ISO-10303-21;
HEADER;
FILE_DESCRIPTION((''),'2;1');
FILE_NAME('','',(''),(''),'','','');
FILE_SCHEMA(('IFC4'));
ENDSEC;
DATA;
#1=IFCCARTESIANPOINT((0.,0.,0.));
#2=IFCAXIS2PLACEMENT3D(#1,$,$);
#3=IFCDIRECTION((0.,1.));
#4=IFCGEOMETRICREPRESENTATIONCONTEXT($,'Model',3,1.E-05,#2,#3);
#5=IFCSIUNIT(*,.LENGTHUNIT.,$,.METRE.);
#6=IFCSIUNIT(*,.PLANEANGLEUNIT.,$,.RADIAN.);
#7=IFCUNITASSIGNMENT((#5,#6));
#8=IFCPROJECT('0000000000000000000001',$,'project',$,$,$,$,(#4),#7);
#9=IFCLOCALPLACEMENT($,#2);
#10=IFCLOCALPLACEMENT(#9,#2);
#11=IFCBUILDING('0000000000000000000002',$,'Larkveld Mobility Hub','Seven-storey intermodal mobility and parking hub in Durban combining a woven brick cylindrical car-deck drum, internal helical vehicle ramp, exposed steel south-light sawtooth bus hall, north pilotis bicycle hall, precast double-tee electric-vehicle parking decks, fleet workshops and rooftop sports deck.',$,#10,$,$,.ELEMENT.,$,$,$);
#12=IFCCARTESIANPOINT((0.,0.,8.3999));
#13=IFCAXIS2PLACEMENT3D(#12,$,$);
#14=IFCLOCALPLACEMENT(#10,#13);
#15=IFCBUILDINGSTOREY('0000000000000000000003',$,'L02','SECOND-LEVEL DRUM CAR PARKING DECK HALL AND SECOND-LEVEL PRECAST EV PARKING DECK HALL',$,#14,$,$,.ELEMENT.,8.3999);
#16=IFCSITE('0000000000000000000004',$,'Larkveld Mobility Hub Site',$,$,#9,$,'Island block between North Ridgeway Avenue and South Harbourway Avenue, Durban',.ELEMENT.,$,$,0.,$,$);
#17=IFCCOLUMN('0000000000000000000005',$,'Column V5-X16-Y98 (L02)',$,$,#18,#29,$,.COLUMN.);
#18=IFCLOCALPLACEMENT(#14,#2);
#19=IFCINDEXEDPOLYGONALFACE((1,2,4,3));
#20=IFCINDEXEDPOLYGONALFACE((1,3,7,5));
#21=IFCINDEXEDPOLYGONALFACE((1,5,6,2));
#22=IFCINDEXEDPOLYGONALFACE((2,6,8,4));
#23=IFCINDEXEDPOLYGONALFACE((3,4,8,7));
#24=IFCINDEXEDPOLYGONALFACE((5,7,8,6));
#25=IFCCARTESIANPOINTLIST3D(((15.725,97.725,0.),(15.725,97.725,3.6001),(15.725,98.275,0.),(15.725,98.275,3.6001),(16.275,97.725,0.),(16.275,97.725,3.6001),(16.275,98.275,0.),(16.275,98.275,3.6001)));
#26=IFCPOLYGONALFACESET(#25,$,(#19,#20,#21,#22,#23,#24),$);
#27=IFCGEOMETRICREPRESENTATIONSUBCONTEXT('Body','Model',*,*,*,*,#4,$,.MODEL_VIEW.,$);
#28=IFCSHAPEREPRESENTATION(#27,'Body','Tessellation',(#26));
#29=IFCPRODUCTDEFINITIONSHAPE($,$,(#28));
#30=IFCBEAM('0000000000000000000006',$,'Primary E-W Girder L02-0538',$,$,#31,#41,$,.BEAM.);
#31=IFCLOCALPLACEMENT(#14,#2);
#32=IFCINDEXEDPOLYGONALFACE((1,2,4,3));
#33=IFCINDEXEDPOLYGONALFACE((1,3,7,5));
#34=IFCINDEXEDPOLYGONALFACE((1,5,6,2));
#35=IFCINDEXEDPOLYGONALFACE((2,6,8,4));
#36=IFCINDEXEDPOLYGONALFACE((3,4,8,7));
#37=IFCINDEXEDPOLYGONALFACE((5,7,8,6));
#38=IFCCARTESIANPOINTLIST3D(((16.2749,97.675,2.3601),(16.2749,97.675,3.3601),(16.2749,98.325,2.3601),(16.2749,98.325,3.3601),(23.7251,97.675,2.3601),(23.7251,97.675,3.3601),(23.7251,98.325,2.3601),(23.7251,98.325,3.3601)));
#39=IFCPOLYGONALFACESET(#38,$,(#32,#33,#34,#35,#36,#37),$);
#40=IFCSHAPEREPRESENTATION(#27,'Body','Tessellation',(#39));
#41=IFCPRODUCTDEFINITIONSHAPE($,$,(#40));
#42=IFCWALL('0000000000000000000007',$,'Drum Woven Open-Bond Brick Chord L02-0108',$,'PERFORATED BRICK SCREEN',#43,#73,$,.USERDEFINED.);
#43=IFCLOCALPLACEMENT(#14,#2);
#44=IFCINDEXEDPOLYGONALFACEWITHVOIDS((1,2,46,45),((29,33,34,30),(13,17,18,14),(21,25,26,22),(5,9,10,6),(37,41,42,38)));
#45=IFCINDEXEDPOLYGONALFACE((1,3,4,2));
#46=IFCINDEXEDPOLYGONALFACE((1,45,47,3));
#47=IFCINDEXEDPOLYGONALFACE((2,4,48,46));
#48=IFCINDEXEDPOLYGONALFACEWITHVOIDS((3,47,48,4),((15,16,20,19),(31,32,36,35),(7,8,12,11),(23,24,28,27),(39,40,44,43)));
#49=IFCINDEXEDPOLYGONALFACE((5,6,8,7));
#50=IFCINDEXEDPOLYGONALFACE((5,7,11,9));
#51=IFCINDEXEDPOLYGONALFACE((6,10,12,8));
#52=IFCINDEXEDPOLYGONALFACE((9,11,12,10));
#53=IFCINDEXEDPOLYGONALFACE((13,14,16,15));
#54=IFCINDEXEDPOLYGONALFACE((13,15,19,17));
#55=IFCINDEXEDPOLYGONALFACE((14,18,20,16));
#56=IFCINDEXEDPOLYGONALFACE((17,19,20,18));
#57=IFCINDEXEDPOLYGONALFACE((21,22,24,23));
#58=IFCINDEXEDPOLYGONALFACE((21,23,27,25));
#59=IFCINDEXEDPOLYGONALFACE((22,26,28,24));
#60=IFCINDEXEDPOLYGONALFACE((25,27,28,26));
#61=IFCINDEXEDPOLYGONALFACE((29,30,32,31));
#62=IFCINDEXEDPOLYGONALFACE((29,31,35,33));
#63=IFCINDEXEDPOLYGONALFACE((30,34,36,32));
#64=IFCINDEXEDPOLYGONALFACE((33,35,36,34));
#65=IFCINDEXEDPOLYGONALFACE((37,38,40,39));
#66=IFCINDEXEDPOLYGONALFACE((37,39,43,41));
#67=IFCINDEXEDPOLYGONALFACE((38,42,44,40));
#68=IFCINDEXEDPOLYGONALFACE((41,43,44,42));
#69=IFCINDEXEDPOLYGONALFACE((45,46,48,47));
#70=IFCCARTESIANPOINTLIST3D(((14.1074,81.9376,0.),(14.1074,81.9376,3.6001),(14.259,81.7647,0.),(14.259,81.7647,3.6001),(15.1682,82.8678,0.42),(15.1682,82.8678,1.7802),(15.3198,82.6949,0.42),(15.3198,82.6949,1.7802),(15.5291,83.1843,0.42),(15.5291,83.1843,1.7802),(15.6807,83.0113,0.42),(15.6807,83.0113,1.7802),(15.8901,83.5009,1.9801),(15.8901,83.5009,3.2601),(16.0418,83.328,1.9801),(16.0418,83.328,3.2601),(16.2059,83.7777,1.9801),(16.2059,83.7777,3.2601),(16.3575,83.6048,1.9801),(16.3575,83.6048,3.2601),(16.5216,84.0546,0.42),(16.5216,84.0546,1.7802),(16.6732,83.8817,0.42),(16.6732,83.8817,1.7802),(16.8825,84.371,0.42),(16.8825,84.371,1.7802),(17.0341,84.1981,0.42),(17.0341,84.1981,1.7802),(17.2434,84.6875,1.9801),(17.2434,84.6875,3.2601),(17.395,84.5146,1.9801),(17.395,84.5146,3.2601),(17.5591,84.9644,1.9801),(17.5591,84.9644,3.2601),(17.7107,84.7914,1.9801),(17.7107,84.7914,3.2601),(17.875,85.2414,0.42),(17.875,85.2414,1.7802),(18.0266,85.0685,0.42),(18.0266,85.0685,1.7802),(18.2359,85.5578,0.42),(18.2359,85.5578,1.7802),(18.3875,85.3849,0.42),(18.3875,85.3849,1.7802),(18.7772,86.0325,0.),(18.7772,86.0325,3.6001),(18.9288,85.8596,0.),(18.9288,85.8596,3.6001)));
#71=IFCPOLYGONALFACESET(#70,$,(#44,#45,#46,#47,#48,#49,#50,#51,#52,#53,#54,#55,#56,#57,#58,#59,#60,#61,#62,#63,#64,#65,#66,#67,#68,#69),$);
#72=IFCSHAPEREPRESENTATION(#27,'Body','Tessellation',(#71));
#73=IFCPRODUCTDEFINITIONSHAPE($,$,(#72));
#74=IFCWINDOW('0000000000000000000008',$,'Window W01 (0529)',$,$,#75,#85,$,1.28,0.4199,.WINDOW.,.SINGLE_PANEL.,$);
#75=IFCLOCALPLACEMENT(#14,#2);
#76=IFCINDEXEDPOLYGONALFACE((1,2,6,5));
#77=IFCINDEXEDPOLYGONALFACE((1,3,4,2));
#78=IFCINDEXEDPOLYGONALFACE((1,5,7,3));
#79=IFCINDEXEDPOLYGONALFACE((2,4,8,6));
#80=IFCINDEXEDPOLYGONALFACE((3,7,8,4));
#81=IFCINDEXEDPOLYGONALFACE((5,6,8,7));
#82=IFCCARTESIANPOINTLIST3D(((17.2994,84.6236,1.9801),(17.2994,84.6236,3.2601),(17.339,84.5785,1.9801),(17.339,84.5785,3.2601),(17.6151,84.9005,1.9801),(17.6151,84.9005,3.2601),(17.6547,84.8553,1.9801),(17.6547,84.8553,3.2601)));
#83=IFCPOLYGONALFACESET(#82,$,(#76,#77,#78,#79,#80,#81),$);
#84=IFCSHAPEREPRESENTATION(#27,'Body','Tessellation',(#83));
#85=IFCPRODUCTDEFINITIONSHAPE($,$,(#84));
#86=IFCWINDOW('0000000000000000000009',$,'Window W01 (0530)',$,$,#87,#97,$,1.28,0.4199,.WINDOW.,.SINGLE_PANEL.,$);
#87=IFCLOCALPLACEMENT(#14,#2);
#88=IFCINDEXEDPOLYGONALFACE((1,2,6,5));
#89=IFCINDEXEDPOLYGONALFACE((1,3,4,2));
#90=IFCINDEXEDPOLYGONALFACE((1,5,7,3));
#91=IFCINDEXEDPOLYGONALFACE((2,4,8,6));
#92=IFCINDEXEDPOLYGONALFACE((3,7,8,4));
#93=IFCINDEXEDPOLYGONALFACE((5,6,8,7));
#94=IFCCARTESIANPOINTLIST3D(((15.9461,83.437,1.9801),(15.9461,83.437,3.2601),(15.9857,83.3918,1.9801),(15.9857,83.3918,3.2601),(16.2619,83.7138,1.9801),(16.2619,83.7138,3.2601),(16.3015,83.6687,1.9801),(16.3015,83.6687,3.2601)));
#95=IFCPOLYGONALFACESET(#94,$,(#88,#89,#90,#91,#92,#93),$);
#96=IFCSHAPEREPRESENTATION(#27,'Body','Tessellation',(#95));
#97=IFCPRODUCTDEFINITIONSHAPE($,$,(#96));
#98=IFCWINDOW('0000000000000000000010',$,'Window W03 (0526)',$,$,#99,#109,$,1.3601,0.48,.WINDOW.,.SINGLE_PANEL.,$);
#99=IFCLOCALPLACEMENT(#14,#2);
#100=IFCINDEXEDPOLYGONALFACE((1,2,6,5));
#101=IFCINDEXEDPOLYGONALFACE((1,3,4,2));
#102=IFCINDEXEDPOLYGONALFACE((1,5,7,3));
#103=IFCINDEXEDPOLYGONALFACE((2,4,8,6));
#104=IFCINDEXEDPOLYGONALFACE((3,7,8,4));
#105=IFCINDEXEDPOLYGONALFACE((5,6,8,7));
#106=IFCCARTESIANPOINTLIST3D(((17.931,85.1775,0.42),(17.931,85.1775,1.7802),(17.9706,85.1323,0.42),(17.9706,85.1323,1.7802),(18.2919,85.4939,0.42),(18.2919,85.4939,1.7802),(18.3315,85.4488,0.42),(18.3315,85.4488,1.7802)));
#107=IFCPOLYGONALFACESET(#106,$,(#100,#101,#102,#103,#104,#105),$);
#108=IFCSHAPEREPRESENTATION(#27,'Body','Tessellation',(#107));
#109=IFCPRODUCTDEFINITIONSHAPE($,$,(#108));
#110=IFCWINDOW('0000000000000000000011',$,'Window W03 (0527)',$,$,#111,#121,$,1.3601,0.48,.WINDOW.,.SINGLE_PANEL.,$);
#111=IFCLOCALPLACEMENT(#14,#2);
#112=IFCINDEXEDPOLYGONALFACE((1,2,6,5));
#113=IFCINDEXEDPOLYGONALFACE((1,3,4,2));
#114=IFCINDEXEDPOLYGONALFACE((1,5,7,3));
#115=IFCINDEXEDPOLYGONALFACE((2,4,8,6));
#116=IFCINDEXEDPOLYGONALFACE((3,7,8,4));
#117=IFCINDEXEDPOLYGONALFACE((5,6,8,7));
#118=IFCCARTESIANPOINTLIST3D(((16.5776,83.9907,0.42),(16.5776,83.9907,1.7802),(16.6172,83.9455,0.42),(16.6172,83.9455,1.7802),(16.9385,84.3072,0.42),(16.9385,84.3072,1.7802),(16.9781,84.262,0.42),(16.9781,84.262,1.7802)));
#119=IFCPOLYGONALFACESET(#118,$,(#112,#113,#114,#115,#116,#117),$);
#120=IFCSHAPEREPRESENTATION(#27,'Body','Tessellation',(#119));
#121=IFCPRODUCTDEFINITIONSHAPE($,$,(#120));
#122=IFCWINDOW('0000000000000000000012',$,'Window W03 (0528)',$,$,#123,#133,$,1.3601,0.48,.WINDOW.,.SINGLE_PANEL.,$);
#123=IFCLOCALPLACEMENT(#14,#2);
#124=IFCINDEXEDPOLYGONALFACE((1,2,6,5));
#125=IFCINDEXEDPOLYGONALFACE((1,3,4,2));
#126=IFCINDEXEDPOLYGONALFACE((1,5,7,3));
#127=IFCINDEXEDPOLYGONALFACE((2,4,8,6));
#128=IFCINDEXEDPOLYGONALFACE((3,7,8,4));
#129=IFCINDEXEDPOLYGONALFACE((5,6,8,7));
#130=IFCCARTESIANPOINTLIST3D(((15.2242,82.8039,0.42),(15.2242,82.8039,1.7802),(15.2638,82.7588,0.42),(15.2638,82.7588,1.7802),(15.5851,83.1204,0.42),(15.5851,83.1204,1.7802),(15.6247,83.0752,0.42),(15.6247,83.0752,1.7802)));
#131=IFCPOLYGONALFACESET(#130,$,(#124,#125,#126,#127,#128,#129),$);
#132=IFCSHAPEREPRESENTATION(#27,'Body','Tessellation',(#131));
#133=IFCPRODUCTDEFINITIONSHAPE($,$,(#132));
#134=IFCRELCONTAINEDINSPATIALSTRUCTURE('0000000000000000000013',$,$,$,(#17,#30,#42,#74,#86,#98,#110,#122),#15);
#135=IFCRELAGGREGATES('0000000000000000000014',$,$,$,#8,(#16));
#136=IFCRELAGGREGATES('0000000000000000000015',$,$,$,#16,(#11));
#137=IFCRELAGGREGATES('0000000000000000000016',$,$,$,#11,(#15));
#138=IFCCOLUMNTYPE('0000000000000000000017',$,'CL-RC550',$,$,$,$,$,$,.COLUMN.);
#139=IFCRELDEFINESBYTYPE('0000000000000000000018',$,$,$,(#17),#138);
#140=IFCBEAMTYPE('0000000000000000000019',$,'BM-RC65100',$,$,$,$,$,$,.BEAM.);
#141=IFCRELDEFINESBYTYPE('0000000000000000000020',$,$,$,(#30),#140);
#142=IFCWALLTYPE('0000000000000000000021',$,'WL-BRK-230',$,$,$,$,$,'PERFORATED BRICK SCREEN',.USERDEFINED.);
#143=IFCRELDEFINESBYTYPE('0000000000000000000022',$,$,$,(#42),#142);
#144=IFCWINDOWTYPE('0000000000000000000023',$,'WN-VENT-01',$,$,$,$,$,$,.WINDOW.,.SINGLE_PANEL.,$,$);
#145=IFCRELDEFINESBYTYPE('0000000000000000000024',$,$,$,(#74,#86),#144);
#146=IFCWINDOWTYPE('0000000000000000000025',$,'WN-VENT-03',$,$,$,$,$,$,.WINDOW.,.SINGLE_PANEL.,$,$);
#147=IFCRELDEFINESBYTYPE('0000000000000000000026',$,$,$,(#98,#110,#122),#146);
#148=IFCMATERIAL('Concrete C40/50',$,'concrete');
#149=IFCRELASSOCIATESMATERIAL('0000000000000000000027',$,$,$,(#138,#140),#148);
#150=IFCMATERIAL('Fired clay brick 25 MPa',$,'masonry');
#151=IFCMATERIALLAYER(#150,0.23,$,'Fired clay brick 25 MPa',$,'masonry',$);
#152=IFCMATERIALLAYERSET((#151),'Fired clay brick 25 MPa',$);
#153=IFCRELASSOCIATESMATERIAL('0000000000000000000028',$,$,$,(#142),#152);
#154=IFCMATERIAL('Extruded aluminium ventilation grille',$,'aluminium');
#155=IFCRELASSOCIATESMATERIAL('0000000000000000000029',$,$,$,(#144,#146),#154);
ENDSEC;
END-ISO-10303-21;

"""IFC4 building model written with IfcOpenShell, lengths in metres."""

from ifc_helpers import new_model, si_unit, direction, frame, frame_2d, origin, origin_2d, place, context, subcontext, project, spatial, rectangle, extrude, material, layer, layer_set, material_profile, profile_set, type_object, element, fill, save


model = new_model("IFC4")

# Units and contexts
model_context = context("Model", 3, precision=1e-05, world=origin(), true_north=direction((0.0, 1.0)))
body_context = subcontext(model_context, "Body", "Model", "MODEL_VIEW")
ifc_project = project(units=[si_unit("LENGTHUNIT", "METRE"), si_unit("PLANEANGLEUNIT", "RADIAN")], contexts=[model_context])

# Site, building, storey
site_placement = place(None, origin())
site = spatial("IfcSite", under=ifc_project, at=site_placement, Name="Larkveld Mobility Hub Site", LongName="Island block between North Ridgeway Avenue and South Harbourway Avenue, Durban", CompositionType="ELEMENT", RefElevation=0.0)
building_placement = place(site_placement, origin())
building = spatial("IfcBuilding", under=site, at=building_placement, Name="Larkveld Mobility Hub", Description="Seven-storey intermodal mobility and parking hub in Durban combining a woven brick cylindrical car-deck drum, internal helical vehicle ramp, exposed steel south-light sawtooth bus hall, north pilotis bicycle hall, precast double-tee electric-vehicle parking decks, fleet workshops and rooftop sports deck.", CompositionType="ELEMENT")
storey_placement = place(building_placement, frame((0.0, 0.0, 8.3999)))
storey = spatial("IfcBuildingStorey", under=building, at=storey_placement, Name="L02", Description="SECOND-LEVEL DRUM CAR PARKING DECK HALL AND SECOND-LEVEL PRECAST EV PARKING DECK HALL", CompositionType="ELEMENT", Elevation=8.3999)

# Column
ifc_material_1 = material(Name="Concrete C40/50", Category="concrete")
ifc_material_profile_1 = material_profile(ifc_material_1, rectangle(XDim=0.55, YDim=0.55, at=origin_2d()), Name="RC COL 550x550")
ifc_profile_set_1 = profile_set([ifc_material_profile_1], Name="Concrete C40/50")
column_type = type_object("IfcColumnType", Name="CL-RC550", PredefinedType="COLUMN", material=ifc_profile_set_1)
column_placement = place(storey_placement, frame((16.0, 98.0, 0.0), z_axis=(0.0, 0.0, 1.0), x_axis=(1.0, 0.0, 0.0)))
element("IfcColumn", 1, at=column_placement, inside=storey, type_object=column_type, Name="Column V5-X16-Y98 (L02)", PredefinedType="COLUMN", context=body_context, shape_type="SweptSolid", body=[
    extrude(rectangle(XDim=0.55, YDim=0.55, at=origin_2d()), origin(), (0.0, 0.0, 1.0), 3.6001),
])

# Beam
ifc_material_profile_2 = material_profile(ifc_material_1, rectangle(XDim=0.6499, YDim=1.0, at=origin_2d()), Name="RC BM 650x1000")
ifc_profile_set_2 = profile_set([ifc_material_profile_2], Name="Concrete C40/50")
beam_type = type_object("IfcBeamType", Name="BM-RC65100", PredefinedType="BEAM", material=ifc_profile_set_2)
beam_placement = place(storey_placement, frame((16.2749, 98.0, 2.8601), z_axis=(1.0, 0.0, 0.0), x_axis=(0.0, 1.0, 0.0)))
element("IfcBeam", 2, at=beam_placement, inside=storey, type_object=beam_type, Name="Primary E-W Girder L02-0538", PredefinedType="BEAM", context=body_context, shape_type="SweptSolid", body=[
    extrude(rectangle(XDim=0.6499, YDim=1.0, at=origin_2d()), origin(), (0.0, 0.0, 1.0), 7.4502),
])

# Wall, openings, windows
ifc_material_2 = material(Name="Fired clay brick 25 MPa", Category="masonry")
ifc_layer = layer(ifc_material_2, 0.23, Name="Fired clay brick 25 MPa", Category="masonry")
ifc_layer_set = layer_set([ifc_layer], Name="Fired clay brick 25 MPa")
wall_type = type_object("IfcWallType", Name="WL-BRK-230", ElementType="PERFORATED BRICK SCREEN", PredefinedType="USERDEFINED", material=ifc_layer_set)
wall_placement = place(storey_placement, frame((18.853, 85.946, 0.0), z_axis=(0.0, 0.0, 1.0), x_axis=(-0.751875, -0.659306, 0.0)))
wall = element("IfcWall", 3, at=wall_placement, inside=storey, type_object=wall_type, Name="Drum Woven Open-Bond Brick Chord L02-0108", ObjectType="PERFORATED BRICK SCREEN", PredefinedType="USERDEFINED", context=body_context, shape_type="SweptSolid", body=[
    extrude(rectangle(XDim=6.2109, YDim=0.23, at=frame_2d((3.1055, 0.0))), origin(), (0.0, 0.0, 1.0), 3.6001),
])
opening_1_placement = place(wall_placement, frame((0.72, 0.0, 0.4199)))
opening_1 = element("IfcOpeningElement", 4, at=opening_1_placement, cuts=wall, PredefinedType="OPENING", context=body_context, shape_type="SweptSolid", body=[
    extrude(rectangle(XDim=0.48, YDim=1.3601, at=frame_2d((0.24, 0.6802))), frame((0.0, 0.125, 0.0), z_axis=(0.0, -1.0, 0.0), x_axis=(1.0, 0.0, 0.0)), (0.0, 0.0, 1.0), 0.25),
])
opening_2_placement = place(wall_placement, frame((2.52, 0.0, 0.4199)))
opening_2 = element("IfcOpeningElement", 5, at=opening_2_placement, cuts=wall, PredefinedType="OPENING", context=body_context, shape_type="SweptSolid", body=[
    extrude(rectangle(XDim=0.48, YDim=1.3601, at=frame_2d((0.24, 0.6802))), frame((0.0, 0.125, 0.0), z_axis=(0.0, -1.0, 0.0), x_axis=(1.0, 0.0, 0.0)), (0.0, 0.0, 1.0), 0.25),
])
opening_3_placement = place(wall_placement, frame((4.3201, 0.0, 0.4199)))
opening_3 = element("IfcOpeningElement", 6, at=opening_3_placement, cuts=wall, PredefinedType="OPENING", context=body_context, shape_type="SweptSolid", body=[
    extrude(rectangle(XDim=0.48, YDim=1.3601, at=frame_2d((0.24, 0.6802))), frame((0.0, 0.125, 0.0), z_axis=(0.0, -1.0, 0.0), x_axis=(1.0, 0.0, 0.0)), (0.0, 0.0, 1.0), 0.25),
])
opening_4_placement = place(wall_placement, frame((1.6201, 0.0, 1.98)))
opening_4 = element("IfcOpeningElement", 7, at=opening_4_placement, cuts=wall, PredefinedType="OPENING", context=body_context, shape_type="SweptSolid", body=[
    extrude(rectangle(XDim=0.4199, YDim=1.28, at=frame_2d((0.21, 0.6401))), frame((0.0, 0.125, 0.0), z_axis=(0.0, -1.0, 0.0), x_axis=(1.0, 0.0, 0.0)), (0.0, 0.0, 1.0), 0.25),
])
opening_5_placement = place(wall_placement, frame((3.4199, 0.0, 1.98)))
opening_5 = element("IfcOpeningElement", 8, at=opening_5_placement, cuts=wall, PredefinedType="OPENING", context=body_context, shape_type="SweptSolid", body=[
    extrude(rectangle(XDim=0.4199, YDim=1.28, at=frame_2d((0.21, 0.6401))), frame((0.0, 0.125, 0.0), z_axis=(0.0, -1.0, 0.0), x_axis=(1.0, 0.0, 0.0)), (0.0, 0.0, 1.0), 0.25),
])
ifc_material_3 = material(Name="Extruded aluminium ventilation grille", Category="aluminium")
window_type_1 = type_object("IfcWindowType", Name="WN-VENT-01", PartitioningType="SINGLE_PANEL", PredefinedType="WINDOW", material=ifc_material_3)
window_1_placement = place(opening_4_placement, origin())
window_1 = element("IfcWindow", 9, at=window_1_placement, inside=storey, type_object=window_type_1, Name="Window W01 (0529)", OverallHeight=1.28, OverallWidth=0.4199, PartitioningType="SINGLE_PANEL", PredefinedType="WINDOW", context=body_context, shape_type="SweptSolid", body=[
    extrude(rectangle(XDim=0.4199, YDim=1.28, at=frame_2d((0.21, 0.6401))), frame((0.0, 0.03, 0.0), z_axis=(0.0, -1.0, 0.0), x_axis=(1.0, 0.0, 0.0)), (0.0, 0.0, 1.0), 0.0601),
])
fill(opening_4, window_1)
window_2_placement = place(opening_5_placement, origin())
window_2 = element("IfcWindow", 10, at=window_2_placement, inside=storey, type_object=window_type_1, Name="Window W01 (0530)", OverallHeight=1.28, OverallWidth=0.4199, PartitioningType="SINGLE_PANEL", PredefinedType="WINDOW", context=body_context, shape_type="SweptSolid", body=[
    extrude(rectangle(XDim=0.4199, YDim=1.28, at=frame_2d((0.21, 0.6401))), frame((0.0, 0.03, 0.0), z_axis=(0.0, -1.0, 0.0), x_axis=(1.0, 0.0, 0.0)), (0.0, 0.0, 1.0), 0.0601),
])
fill(opening_5, window_2)
window_type_2 = type_object("IfcWindowType", Name="WN-VENT-03", PartitioningType="SINGLE_PANEL", PredefinedType="WINDOW", material=ifc_material_3)
window_3_placement = place(opening_1_placement, origin())
window_3 = element("IfcWindow", 11, at=window_3_placement, inside=storey, type_object=window_type_2, Name="Window W03 (0526)", OverallHeight=1.3601, OverallWidth=0.48, PartitioningType="SINGLE_PANEL", PredefinedType="WINDOW", context=body_context, shape_type="SweptSolid", body=[
    extrude(rectangle(XDim=0.48, YDim=1.3601, at=frame_2d((0.24, 0.6802))), frame((0.0, 0.03, 0.0), z_axis=(0.0, -1.0, 0.0), x_axis=(1.0, 0.0, 0.0)), (0.0, 0.0, 1.0), 0.0601),
])
fill(opening_1, window_3)
window_4_placement = place(opening_2_placement, origin())
window_4 = element("IfcWindow", 12, at=window_4_placement, inside=storey, type_object=window_type_2, Name="Window W03 (0527)", OverallHeight=1.3601, OverallWidth=0.48, PartitioningType="SINGLE_PANEL", PredefinedType="WINDOW", context=body_context, shape_type="SweptSolid", body=[
    extrude(rectangle(XDim=0.48, YDim=1.3601, at=frame_2d((0.24, 0.6802))), frame((0.0, 0.03, 0.0), z_axis=(0.0, -1.0, 0.0), x_axis=(1.0, 0.0, 0.0)), (0.0, 0.0, 1.0), 0.0601),
])
fill(opening_2, window_4)
window_5_placement = place(opening_3_placement, origin())
window_5 = element("IfcWindow", 13, at=window_5_placement, inside=storey, type_object=window_type_2, Name="Window W03 (0528)", OverallHeight=1.3601, OverallWidth=0.48, PartitioningType="SINGLE_PANEL", PredefinedType="WINDOW", context=body_context, shape_type="SweptSolid", body=[
    extrude(rectangle(XDim=0.48, YDim=1.3601, at=frame_2d((0.24, 0.6802))), frame((0.0, 0.03, 0.0), z_axis=(0.0, -1.0, 0.0), x_axis=(1.0, 0.0, 0.0)), (0.0, 0.0, 1.0), 0.0601),
])
fill(opening_3, window_5)

save(model, "model.ifc")
